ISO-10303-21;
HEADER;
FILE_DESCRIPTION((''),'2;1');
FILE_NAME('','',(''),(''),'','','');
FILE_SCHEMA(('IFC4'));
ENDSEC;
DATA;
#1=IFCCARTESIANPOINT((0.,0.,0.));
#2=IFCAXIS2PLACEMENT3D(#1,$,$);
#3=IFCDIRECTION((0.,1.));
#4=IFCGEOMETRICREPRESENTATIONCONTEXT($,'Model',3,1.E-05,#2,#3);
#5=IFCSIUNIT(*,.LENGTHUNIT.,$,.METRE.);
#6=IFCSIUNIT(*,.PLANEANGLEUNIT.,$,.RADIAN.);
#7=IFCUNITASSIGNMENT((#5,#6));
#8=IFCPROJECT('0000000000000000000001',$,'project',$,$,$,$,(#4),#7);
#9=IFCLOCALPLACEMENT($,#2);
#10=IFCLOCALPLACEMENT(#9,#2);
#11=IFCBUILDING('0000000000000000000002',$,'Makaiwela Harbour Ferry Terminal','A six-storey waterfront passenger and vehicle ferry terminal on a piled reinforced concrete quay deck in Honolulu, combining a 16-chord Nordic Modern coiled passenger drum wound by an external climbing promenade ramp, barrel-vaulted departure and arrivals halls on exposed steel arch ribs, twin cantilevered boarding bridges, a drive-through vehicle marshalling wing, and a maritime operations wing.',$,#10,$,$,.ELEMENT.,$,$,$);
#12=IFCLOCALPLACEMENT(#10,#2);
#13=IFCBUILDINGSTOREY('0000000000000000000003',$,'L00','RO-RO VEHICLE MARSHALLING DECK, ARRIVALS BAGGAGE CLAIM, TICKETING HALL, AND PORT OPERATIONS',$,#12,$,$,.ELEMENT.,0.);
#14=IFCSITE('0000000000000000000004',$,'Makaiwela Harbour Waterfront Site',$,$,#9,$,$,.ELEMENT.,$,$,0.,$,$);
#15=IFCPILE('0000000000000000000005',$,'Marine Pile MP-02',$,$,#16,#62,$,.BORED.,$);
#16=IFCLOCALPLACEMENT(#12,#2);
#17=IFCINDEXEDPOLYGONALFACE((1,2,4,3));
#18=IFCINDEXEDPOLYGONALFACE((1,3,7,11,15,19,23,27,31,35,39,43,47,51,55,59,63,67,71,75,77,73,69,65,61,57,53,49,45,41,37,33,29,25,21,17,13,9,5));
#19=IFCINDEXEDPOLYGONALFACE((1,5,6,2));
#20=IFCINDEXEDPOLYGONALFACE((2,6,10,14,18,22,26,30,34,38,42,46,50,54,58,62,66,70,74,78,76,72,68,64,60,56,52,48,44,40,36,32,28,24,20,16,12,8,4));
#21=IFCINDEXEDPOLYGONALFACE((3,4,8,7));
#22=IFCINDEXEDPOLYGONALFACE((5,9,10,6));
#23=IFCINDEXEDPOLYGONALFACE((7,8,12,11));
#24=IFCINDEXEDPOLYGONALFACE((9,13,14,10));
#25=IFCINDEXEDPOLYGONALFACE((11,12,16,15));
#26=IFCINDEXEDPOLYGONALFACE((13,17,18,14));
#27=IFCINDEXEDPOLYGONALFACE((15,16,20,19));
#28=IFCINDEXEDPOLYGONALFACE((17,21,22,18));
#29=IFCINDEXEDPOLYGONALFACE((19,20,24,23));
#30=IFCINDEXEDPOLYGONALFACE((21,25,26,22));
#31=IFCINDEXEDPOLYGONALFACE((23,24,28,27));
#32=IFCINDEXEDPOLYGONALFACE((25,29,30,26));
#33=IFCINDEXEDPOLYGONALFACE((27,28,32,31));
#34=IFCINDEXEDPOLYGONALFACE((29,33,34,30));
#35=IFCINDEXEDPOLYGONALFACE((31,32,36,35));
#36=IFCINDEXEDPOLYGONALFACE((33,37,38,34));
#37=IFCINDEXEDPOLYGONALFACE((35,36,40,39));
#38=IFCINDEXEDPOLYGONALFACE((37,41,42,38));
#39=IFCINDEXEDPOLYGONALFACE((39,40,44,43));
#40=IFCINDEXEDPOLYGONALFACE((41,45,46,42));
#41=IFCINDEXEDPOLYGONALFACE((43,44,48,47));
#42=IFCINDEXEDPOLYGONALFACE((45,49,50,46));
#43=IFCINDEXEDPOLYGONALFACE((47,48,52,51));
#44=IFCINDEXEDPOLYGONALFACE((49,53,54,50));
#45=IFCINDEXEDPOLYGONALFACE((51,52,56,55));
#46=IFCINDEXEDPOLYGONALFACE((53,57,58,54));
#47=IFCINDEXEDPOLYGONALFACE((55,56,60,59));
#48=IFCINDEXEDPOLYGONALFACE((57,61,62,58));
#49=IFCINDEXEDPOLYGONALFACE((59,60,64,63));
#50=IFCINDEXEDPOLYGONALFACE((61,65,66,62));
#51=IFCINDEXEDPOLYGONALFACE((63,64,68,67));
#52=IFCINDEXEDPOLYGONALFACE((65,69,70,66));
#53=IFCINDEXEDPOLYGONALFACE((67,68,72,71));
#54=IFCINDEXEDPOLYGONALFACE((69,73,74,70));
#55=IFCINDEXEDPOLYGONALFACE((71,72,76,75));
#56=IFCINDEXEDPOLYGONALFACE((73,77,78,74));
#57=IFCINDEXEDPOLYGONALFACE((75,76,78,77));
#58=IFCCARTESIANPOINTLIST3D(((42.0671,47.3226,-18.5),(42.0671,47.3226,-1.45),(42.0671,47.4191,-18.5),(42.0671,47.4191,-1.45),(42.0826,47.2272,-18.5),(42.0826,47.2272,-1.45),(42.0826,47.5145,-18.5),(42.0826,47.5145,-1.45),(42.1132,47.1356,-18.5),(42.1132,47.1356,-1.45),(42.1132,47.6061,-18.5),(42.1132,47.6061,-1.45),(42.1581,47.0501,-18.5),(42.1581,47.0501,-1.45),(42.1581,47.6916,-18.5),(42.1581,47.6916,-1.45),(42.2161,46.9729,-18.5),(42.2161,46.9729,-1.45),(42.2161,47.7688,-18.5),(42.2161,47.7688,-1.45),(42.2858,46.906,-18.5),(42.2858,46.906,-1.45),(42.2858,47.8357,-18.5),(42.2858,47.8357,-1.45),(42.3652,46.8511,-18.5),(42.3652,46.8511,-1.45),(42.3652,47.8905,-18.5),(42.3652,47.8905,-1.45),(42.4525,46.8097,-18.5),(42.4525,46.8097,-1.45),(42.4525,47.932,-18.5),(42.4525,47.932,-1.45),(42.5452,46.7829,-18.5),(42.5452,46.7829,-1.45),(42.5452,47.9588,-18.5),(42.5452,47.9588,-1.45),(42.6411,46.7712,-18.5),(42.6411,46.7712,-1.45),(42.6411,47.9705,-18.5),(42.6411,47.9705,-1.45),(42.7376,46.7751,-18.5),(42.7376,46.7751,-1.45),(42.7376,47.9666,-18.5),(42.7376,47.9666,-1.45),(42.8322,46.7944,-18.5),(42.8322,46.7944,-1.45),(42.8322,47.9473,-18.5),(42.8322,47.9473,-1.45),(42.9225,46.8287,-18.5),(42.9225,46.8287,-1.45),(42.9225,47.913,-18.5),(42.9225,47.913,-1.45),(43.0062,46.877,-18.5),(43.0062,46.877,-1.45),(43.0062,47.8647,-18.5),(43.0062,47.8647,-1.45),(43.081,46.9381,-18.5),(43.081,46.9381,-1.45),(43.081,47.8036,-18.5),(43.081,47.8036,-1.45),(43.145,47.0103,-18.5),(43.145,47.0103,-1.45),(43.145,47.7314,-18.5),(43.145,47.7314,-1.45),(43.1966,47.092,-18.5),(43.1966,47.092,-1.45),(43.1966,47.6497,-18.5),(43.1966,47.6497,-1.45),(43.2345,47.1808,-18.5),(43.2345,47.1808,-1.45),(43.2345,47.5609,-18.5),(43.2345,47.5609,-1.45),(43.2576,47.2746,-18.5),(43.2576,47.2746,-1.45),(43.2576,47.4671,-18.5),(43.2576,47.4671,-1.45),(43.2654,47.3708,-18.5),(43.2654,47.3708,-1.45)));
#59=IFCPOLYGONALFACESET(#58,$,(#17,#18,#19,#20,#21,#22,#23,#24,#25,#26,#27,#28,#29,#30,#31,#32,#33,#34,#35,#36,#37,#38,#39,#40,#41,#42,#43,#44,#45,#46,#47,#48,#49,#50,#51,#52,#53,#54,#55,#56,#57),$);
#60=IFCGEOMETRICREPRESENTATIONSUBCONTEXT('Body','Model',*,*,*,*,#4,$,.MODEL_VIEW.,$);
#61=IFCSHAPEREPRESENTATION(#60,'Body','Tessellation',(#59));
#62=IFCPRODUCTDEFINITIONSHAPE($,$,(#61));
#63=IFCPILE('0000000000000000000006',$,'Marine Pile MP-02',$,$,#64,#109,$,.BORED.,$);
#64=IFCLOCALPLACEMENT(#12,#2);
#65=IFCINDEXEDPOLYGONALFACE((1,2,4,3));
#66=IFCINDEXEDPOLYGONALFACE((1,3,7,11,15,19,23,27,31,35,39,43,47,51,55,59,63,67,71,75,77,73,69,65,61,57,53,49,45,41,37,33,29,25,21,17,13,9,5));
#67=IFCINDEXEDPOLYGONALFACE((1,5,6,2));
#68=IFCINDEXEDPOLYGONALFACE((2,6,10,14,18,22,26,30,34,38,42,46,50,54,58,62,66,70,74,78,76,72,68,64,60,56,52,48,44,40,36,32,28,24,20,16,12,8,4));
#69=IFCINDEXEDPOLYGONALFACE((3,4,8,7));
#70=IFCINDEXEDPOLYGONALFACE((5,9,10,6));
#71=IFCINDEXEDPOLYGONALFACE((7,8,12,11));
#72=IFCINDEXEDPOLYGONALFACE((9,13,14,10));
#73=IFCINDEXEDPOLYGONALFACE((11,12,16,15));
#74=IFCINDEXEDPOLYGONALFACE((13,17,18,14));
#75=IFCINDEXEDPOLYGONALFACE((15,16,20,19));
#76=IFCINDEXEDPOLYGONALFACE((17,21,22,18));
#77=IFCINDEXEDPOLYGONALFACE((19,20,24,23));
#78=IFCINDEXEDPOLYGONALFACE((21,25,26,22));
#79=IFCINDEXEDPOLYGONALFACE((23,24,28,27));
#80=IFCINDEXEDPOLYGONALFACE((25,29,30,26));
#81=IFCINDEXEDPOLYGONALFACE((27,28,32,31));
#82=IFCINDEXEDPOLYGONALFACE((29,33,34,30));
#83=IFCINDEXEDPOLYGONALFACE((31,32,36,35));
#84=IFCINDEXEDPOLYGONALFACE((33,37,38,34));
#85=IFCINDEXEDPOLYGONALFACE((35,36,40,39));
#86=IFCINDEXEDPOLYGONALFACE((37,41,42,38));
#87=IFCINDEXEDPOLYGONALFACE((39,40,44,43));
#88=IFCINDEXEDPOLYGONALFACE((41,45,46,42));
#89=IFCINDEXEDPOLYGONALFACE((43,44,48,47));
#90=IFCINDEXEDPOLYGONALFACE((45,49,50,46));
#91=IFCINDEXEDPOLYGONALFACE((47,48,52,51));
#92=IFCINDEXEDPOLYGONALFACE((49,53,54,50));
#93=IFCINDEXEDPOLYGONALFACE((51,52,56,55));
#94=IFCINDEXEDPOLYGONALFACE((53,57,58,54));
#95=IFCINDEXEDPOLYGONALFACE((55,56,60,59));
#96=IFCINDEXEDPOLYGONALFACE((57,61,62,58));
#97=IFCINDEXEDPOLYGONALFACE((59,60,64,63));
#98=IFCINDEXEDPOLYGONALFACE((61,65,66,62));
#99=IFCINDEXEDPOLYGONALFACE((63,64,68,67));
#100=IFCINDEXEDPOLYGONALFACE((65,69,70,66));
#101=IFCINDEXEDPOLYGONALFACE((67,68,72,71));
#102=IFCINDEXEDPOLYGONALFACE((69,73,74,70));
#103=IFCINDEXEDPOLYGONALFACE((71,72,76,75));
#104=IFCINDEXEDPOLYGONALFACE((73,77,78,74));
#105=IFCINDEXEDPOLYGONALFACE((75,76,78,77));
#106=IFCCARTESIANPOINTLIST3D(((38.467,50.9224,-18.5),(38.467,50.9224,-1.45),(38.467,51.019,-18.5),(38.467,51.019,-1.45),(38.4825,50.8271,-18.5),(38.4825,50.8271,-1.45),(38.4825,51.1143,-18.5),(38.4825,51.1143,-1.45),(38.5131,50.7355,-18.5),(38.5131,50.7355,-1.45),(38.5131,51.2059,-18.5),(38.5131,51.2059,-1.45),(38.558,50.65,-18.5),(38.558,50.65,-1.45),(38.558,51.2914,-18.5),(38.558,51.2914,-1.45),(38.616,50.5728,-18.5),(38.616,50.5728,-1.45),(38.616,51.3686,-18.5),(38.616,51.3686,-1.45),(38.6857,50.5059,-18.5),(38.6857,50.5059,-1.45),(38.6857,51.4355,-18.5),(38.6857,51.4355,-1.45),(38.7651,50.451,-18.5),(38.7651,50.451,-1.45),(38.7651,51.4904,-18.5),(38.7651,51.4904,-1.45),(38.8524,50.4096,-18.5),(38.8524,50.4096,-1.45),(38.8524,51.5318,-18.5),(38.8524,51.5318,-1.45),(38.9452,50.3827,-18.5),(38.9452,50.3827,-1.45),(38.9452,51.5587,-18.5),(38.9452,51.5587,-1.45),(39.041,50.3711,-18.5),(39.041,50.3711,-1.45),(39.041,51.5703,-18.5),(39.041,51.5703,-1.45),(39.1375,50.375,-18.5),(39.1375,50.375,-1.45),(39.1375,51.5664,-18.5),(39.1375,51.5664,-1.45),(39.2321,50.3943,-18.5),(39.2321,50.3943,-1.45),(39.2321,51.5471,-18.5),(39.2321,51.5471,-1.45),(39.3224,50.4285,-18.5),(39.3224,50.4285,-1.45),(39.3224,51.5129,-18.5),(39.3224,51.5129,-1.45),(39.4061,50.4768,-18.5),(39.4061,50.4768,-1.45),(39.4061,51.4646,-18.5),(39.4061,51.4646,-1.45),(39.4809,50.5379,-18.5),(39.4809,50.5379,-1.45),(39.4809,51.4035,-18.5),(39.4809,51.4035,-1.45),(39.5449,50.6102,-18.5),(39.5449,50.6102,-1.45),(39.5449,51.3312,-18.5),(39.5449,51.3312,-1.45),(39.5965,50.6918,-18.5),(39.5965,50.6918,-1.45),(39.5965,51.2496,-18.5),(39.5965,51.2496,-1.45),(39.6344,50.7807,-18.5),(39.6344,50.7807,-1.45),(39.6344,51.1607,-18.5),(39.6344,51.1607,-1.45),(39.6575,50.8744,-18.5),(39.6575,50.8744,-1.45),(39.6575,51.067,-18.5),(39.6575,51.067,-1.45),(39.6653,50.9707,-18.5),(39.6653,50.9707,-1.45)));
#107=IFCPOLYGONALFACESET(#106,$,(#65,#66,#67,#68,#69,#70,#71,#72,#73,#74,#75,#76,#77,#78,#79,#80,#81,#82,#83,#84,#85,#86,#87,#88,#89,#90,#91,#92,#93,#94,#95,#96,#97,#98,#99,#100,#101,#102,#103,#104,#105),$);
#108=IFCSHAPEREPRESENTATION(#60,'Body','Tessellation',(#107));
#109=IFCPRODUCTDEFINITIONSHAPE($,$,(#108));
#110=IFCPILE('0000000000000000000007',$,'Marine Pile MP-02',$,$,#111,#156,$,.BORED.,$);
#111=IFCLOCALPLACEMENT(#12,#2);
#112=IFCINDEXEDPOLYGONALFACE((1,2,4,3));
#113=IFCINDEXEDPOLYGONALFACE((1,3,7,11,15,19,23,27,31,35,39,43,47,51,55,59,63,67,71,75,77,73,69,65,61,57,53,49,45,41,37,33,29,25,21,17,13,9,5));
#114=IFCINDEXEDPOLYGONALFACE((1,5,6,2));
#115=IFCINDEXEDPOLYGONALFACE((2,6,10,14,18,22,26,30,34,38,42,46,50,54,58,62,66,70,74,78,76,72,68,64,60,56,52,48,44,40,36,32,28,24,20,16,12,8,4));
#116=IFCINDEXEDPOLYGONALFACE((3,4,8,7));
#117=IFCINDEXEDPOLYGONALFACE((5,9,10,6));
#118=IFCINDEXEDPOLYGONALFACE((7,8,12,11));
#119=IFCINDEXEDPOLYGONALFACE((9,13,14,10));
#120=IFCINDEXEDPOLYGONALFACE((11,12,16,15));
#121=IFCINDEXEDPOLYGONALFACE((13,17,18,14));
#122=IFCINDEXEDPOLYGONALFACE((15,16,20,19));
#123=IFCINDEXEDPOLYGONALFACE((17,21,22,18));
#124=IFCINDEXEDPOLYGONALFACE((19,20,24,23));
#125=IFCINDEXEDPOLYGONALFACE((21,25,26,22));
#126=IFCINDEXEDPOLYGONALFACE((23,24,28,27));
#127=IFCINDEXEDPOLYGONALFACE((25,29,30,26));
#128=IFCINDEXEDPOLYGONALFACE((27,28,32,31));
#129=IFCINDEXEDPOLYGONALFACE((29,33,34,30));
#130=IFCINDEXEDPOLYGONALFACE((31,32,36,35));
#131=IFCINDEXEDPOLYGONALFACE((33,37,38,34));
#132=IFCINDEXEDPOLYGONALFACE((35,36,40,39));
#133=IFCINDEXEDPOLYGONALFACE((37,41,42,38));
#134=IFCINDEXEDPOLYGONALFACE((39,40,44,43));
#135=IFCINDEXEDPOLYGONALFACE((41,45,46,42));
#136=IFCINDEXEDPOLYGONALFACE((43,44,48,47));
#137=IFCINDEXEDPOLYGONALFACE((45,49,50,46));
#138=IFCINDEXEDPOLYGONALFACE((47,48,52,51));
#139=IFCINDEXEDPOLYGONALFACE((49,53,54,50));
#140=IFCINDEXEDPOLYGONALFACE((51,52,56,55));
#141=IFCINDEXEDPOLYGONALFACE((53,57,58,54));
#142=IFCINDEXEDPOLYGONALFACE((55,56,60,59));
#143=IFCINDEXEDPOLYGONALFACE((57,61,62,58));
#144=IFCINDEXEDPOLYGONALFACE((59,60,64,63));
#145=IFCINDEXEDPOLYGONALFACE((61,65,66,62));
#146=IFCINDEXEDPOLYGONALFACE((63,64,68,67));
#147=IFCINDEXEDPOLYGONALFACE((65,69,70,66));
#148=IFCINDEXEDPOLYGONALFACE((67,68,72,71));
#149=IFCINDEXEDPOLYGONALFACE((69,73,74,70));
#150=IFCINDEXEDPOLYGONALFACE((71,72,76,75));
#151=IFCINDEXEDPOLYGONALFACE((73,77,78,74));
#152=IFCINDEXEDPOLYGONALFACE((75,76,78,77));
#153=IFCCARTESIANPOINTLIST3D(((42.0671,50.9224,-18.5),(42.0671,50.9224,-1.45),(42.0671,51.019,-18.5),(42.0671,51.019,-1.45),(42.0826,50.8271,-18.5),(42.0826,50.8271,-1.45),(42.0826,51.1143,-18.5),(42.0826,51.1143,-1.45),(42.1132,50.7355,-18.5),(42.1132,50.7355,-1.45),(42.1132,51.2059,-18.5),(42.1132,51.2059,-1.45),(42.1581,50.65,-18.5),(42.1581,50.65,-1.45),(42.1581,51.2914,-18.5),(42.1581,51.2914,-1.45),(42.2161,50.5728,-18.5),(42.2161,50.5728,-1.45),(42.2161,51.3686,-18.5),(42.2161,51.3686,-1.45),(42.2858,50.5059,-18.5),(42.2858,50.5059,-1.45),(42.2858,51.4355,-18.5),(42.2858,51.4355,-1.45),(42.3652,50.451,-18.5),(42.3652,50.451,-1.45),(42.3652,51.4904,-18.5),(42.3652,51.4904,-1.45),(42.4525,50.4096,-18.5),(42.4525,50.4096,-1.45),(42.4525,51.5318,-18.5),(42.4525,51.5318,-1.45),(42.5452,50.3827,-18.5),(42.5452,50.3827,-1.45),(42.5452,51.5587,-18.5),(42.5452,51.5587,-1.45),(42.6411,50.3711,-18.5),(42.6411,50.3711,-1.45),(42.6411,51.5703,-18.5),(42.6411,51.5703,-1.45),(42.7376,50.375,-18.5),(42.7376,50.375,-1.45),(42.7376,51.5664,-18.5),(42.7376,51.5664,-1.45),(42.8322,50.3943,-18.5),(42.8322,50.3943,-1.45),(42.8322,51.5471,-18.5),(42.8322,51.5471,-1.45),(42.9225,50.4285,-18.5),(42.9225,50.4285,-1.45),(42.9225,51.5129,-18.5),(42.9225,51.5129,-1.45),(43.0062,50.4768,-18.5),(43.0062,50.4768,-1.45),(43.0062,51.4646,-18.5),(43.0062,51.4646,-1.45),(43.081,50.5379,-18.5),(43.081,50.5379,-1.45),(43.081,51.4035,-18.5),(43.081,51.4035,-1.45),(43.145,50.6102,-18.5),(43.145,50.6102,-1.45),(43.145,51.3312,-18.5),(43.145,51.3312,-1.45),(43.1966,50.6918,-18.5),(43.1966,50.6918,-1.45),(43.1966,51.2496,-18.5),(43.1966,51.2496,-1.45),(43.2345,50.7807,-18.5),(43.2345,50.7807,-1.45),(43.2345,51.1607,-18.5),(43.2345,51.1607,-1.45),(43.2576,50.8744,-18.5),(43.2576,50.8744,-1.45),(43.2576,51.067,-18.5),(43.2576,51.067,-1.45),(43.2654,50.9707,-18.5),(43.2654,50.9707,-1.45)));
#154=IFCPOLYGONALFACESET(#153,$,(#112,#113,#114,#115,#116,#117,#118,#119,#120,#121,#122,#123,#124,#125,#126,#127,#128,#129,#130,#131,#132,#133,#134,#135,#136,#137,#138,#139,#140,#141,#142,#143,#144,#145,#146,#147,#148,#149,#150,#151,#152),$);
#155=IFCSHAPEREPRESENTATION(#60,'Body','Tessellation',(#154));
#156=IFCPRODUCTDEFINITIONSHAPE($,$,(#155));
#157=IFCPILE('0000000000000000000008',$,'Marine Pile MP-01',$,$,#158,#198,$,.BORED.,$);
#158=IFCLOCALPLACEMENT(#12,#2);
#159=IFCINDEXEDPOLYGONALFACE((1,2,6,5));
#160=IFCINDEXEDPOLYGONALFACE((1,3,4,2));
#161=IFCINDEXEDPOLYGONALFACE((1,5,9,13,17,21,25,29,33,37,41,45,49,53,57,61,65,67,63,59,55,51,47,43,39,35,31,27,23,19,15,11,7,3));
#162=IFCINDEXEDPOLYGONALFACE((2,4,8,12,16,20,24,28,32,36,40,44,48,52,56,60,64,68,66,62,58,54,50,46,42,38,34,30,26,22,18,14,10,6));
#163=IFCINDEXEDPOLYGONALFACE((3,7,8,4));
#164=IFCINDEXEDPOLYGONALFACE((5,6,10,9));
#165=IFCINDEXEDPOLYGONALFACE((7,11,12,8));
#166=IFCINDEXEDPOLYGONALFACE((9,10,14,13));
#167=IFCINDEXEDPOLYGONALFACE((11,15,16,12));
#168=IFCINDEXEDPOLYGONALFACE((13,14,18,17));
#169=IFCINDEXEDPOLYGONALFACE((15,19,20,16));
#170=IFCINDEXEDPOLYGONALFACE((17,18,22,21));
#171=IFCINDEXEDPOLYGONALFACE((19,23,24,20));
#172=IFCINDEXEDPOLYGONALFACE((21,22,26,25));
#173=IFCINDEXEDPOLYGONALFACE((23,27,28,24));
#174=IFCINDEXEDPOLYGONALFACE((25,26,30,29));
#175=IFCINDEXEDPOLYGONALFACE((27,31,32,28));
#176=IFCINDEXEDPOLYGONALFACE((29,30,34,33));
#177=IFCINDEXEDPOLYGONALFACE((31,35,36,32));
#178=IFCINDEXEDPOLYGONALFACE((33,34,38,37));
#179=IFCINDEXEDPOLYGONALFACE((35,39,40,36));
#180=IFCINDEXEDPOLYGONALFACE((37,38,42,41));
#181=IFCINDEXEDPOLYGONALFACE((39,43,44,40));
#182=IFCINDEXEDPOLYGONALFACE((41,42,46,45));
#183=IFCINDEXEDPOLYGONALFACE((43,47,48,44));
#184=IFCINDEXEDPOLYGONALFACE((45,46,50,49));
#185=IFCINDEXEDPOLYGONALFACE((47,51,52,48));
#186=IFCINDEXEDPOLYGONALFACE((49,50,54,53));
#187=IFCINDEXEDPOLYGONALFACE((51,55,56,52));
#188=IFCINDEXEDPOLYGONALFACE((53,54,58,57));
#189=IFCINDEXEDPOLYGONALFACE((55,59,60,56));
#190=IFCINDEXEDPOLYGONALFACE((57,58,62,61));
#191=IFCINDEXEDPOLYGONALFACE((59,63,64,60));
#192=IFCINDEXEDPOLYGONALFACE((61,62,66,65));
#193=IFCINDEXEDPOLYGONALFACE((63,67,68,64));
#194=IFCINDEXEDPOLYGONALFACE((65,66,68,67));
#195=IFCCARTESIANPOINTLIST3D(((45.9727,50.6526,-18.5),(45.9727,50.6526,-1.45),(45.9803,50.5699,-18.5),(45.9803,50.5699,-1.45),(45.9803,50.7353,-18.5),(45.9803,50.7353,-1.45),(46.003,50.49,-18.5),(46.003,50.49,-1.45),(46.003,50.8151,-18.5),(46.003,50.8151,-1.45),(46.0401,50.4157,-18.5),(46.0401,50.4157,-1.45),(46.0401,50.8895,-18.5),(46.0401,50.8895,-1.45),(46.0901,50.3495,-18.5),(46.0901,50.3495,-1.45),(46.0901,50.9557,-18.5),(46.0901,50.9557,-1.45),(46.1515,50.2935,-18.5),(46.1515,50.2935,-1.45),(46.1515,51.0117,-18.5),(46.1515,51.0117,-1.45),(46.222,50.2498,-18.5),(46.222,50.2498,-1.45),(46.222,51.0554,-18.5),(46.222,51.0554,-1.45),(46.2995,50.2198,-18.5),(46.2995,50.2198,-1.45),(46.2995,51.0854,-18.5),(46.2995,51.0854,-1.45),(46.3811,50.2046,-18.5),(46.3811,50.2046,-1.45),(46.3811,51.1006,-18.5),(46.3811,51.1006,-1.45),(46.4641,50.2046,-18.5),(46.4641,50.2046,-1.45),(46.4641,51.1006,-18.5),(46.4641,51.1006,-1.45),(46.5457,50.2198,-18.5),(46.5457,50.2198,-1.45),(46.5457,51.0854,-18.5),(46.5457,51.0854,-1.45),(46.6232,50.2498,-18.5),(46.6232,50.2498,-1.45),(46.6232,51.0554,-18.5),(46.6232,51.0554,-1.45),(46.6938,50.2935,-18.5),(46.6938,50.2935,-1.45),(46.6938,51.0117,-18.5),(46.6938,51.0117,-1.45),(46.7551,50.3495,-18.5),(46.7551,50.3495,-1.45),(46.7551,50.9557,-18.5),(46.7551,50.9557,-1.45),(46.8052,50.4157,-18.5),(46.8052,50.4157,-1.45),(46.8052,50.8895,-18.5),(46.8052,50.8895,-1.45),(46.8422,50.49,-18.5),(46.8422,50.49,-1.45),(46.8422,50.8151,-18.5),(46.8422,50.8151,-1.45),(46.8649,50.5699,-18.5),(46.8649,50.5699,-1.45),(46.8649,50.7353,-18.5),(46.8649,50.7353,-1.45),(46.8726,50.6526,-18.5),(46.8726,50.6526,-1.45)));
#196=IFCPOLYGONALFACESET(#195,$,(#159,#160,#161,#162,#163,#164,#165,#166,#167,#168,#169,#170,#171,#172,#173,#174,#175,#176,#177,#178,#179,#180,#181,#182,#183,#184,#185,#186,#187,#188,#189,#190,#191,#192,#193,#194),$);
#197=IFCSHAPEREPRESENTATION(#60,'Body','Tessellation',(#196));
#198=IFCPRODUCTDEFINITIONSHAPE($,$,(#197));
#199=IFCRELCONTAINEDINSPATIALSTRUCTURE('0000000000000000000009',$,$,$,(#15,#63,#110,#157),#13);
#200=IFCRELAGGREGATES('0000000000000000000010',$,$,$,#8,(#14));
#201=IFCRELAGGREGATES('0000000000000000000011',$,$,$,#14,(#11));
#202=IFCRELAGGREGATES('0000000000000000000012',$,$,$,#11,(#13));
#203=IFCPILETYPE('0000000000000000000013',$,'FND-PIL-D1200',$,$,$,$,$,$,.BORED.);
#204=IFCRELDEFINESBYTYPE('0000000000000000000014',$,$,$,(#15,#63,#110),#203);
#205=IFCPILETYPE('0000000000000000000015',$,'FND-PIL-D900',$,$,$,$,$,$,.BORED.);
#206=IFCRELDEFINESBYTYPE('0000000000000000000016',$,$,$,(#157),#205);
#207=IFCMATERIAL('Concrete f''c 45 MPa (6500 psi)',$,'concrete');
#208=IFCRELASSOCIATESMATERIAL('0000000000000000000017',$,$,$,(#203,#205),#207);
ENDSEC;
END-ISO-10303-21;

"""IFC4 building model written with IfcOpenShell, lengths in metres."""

from ifc_helpers import new_model, si_unit, direction, frame, origin, origin_2d, place, context, subcontext, project, spatial, circle, extrude, material, material_profile, profile_set, type_object, element, save


model = new_model("IFC4")

# Units and contexts
model_context = context("Model", 3, precision=1e-05, world=origin(), true_north=direction((0.0, 1.0)))
body_context = subcontext(model_context, "Body", "Model", "MODEL_VIEW")
ifc_project = project(units=[si_unit("LENGTHUNIT", "METRE"), si_unit("PLANEANGLEUNIT", "RADIAN")], contexts=[model_context])

# Site, building, storey
site_placement = place(None, origin())
site = spatial("IfcSite", under=ifc_project, at=site_placement, Name="Makaiwela Harbour Waterfront Site", CompositionType="ELEMENT", RefElevation=0.0)
building_placement = place(site_placement, origin())
building = spatial("IfcBuilding", under=site, at=building_placement, Name="Makaiwela Harbour Ferry Terminal", Description="A six-storey waterfront passenger and vehicle ferry terminal on a piled reinforced concrete quay deck in Honolulu, combining a 16-chord Nordic Modern coiled passenger drum wound by an external climbing promenade ramp, barrel-vaulted departure and arrivals halls on exposed steel arch ribs, twin cantilevered boarding bridges, a drive-through vehicle marshalling wing, and a maritime operations wing.", CompositionType="ELEMENT")
storey_placement = place(building_placement, origin())
storey = spatial("IfcBuildingStorey", under=building, at=storey_placement, Name="L00", Description="RO-RO VEHICLE MARSHALLING DECK, ARRIVALS BAGGAGE CLAIM, TICKETING HALL, AND PORT OPERATIONS", CompositionType="ELEMENT", Elevation=0.0)

# Shared definitions
ifc_material_1 = material(Name="Concrete f'c 45 MPa (6500 psi)", Category="concrete")

# Piles
ifc_material_profile_1 = material_profile(ifc_material_1, circle(Radius=0.6001, at=origin_2d()), Name="PILE-D1200")
ifc_profile_set_1 = profile_set([ifc_material_profile_1], Name="Concrete f'c 45 MPa (6500 psi)")
pile_type_1 = type_object("IfcPileType", Name="FND-PIL-D1200", PredefinedType="BORED", material=ifc_profile_set_1)
for number, where, z_axis, x_axis, name in (
    (1, (42.6653, 47.3708, -1.45), (0.0, 0.0, -1.0), (1.0, 0.0, 0.0), "Marine Pile MP-02"),
    (2, (39.0652, 50.9707, -1.45), (0.0, 0.0, -1.0), (1.0, 0.0, 0.0), "Marine Pile MP-02"),
    (3, (42.6653, 50.9707, -1.45), (0.0, 0.0, -1.0), (1.0, 0.0, 0.0), "Marine Pile MP-02"),
):
    element("IfcPile", number, at=place(storey_placement, frame(where, z_axis=z_axis, x_axis=x_axis)), inside=storey, type_object=pile_type_1, Name=name, PredefinedType="BORED", context=body_context, shape_type="SweptSolid", body=[
        extrude(circle(Radius=0.6001, at=origin_2d()), origin(), (0.0, 0.0, 1.0), 17.05),
    ])
ifc_material_profile_2 = material_profile(ifc_material_1, circle(Radius=0.45, at=origin_2d()), Name="PILE-D900")
ifc_profile_set_2 = profile_set([ifc_material_profile_2], Name="Concrete f'c 45 MPa (6500 psi)")
pile_type_2 = type_object("IfcPileType", Name="FND-PIL-D900", PredefinedType="BORED", material=ifc_profile_set_2)
for number, where, z_axis, x_axis, name in (
    (4, (46.4226, 50.6526, -1.45), (0.0, 0.0, -1.0), (1.0, 0.0, 0.0), "Marine Pile MP-01"),
):
    element("IfcPile", number, at=place(storey_placement, frame(where, z_axis=z_axis, x_axis=x_axis)), inside=storey, type_object=pile_type_2, Name=name, PredefinedType="BORED", context=body_context, shape_type="SweptSolid", body=[
        extrude(circle(Radius=0.45, at=origin_2d()), origin(), (0.0, 0.0, 1.0), 17.05),
    ])

save(model, "model.ifc")
